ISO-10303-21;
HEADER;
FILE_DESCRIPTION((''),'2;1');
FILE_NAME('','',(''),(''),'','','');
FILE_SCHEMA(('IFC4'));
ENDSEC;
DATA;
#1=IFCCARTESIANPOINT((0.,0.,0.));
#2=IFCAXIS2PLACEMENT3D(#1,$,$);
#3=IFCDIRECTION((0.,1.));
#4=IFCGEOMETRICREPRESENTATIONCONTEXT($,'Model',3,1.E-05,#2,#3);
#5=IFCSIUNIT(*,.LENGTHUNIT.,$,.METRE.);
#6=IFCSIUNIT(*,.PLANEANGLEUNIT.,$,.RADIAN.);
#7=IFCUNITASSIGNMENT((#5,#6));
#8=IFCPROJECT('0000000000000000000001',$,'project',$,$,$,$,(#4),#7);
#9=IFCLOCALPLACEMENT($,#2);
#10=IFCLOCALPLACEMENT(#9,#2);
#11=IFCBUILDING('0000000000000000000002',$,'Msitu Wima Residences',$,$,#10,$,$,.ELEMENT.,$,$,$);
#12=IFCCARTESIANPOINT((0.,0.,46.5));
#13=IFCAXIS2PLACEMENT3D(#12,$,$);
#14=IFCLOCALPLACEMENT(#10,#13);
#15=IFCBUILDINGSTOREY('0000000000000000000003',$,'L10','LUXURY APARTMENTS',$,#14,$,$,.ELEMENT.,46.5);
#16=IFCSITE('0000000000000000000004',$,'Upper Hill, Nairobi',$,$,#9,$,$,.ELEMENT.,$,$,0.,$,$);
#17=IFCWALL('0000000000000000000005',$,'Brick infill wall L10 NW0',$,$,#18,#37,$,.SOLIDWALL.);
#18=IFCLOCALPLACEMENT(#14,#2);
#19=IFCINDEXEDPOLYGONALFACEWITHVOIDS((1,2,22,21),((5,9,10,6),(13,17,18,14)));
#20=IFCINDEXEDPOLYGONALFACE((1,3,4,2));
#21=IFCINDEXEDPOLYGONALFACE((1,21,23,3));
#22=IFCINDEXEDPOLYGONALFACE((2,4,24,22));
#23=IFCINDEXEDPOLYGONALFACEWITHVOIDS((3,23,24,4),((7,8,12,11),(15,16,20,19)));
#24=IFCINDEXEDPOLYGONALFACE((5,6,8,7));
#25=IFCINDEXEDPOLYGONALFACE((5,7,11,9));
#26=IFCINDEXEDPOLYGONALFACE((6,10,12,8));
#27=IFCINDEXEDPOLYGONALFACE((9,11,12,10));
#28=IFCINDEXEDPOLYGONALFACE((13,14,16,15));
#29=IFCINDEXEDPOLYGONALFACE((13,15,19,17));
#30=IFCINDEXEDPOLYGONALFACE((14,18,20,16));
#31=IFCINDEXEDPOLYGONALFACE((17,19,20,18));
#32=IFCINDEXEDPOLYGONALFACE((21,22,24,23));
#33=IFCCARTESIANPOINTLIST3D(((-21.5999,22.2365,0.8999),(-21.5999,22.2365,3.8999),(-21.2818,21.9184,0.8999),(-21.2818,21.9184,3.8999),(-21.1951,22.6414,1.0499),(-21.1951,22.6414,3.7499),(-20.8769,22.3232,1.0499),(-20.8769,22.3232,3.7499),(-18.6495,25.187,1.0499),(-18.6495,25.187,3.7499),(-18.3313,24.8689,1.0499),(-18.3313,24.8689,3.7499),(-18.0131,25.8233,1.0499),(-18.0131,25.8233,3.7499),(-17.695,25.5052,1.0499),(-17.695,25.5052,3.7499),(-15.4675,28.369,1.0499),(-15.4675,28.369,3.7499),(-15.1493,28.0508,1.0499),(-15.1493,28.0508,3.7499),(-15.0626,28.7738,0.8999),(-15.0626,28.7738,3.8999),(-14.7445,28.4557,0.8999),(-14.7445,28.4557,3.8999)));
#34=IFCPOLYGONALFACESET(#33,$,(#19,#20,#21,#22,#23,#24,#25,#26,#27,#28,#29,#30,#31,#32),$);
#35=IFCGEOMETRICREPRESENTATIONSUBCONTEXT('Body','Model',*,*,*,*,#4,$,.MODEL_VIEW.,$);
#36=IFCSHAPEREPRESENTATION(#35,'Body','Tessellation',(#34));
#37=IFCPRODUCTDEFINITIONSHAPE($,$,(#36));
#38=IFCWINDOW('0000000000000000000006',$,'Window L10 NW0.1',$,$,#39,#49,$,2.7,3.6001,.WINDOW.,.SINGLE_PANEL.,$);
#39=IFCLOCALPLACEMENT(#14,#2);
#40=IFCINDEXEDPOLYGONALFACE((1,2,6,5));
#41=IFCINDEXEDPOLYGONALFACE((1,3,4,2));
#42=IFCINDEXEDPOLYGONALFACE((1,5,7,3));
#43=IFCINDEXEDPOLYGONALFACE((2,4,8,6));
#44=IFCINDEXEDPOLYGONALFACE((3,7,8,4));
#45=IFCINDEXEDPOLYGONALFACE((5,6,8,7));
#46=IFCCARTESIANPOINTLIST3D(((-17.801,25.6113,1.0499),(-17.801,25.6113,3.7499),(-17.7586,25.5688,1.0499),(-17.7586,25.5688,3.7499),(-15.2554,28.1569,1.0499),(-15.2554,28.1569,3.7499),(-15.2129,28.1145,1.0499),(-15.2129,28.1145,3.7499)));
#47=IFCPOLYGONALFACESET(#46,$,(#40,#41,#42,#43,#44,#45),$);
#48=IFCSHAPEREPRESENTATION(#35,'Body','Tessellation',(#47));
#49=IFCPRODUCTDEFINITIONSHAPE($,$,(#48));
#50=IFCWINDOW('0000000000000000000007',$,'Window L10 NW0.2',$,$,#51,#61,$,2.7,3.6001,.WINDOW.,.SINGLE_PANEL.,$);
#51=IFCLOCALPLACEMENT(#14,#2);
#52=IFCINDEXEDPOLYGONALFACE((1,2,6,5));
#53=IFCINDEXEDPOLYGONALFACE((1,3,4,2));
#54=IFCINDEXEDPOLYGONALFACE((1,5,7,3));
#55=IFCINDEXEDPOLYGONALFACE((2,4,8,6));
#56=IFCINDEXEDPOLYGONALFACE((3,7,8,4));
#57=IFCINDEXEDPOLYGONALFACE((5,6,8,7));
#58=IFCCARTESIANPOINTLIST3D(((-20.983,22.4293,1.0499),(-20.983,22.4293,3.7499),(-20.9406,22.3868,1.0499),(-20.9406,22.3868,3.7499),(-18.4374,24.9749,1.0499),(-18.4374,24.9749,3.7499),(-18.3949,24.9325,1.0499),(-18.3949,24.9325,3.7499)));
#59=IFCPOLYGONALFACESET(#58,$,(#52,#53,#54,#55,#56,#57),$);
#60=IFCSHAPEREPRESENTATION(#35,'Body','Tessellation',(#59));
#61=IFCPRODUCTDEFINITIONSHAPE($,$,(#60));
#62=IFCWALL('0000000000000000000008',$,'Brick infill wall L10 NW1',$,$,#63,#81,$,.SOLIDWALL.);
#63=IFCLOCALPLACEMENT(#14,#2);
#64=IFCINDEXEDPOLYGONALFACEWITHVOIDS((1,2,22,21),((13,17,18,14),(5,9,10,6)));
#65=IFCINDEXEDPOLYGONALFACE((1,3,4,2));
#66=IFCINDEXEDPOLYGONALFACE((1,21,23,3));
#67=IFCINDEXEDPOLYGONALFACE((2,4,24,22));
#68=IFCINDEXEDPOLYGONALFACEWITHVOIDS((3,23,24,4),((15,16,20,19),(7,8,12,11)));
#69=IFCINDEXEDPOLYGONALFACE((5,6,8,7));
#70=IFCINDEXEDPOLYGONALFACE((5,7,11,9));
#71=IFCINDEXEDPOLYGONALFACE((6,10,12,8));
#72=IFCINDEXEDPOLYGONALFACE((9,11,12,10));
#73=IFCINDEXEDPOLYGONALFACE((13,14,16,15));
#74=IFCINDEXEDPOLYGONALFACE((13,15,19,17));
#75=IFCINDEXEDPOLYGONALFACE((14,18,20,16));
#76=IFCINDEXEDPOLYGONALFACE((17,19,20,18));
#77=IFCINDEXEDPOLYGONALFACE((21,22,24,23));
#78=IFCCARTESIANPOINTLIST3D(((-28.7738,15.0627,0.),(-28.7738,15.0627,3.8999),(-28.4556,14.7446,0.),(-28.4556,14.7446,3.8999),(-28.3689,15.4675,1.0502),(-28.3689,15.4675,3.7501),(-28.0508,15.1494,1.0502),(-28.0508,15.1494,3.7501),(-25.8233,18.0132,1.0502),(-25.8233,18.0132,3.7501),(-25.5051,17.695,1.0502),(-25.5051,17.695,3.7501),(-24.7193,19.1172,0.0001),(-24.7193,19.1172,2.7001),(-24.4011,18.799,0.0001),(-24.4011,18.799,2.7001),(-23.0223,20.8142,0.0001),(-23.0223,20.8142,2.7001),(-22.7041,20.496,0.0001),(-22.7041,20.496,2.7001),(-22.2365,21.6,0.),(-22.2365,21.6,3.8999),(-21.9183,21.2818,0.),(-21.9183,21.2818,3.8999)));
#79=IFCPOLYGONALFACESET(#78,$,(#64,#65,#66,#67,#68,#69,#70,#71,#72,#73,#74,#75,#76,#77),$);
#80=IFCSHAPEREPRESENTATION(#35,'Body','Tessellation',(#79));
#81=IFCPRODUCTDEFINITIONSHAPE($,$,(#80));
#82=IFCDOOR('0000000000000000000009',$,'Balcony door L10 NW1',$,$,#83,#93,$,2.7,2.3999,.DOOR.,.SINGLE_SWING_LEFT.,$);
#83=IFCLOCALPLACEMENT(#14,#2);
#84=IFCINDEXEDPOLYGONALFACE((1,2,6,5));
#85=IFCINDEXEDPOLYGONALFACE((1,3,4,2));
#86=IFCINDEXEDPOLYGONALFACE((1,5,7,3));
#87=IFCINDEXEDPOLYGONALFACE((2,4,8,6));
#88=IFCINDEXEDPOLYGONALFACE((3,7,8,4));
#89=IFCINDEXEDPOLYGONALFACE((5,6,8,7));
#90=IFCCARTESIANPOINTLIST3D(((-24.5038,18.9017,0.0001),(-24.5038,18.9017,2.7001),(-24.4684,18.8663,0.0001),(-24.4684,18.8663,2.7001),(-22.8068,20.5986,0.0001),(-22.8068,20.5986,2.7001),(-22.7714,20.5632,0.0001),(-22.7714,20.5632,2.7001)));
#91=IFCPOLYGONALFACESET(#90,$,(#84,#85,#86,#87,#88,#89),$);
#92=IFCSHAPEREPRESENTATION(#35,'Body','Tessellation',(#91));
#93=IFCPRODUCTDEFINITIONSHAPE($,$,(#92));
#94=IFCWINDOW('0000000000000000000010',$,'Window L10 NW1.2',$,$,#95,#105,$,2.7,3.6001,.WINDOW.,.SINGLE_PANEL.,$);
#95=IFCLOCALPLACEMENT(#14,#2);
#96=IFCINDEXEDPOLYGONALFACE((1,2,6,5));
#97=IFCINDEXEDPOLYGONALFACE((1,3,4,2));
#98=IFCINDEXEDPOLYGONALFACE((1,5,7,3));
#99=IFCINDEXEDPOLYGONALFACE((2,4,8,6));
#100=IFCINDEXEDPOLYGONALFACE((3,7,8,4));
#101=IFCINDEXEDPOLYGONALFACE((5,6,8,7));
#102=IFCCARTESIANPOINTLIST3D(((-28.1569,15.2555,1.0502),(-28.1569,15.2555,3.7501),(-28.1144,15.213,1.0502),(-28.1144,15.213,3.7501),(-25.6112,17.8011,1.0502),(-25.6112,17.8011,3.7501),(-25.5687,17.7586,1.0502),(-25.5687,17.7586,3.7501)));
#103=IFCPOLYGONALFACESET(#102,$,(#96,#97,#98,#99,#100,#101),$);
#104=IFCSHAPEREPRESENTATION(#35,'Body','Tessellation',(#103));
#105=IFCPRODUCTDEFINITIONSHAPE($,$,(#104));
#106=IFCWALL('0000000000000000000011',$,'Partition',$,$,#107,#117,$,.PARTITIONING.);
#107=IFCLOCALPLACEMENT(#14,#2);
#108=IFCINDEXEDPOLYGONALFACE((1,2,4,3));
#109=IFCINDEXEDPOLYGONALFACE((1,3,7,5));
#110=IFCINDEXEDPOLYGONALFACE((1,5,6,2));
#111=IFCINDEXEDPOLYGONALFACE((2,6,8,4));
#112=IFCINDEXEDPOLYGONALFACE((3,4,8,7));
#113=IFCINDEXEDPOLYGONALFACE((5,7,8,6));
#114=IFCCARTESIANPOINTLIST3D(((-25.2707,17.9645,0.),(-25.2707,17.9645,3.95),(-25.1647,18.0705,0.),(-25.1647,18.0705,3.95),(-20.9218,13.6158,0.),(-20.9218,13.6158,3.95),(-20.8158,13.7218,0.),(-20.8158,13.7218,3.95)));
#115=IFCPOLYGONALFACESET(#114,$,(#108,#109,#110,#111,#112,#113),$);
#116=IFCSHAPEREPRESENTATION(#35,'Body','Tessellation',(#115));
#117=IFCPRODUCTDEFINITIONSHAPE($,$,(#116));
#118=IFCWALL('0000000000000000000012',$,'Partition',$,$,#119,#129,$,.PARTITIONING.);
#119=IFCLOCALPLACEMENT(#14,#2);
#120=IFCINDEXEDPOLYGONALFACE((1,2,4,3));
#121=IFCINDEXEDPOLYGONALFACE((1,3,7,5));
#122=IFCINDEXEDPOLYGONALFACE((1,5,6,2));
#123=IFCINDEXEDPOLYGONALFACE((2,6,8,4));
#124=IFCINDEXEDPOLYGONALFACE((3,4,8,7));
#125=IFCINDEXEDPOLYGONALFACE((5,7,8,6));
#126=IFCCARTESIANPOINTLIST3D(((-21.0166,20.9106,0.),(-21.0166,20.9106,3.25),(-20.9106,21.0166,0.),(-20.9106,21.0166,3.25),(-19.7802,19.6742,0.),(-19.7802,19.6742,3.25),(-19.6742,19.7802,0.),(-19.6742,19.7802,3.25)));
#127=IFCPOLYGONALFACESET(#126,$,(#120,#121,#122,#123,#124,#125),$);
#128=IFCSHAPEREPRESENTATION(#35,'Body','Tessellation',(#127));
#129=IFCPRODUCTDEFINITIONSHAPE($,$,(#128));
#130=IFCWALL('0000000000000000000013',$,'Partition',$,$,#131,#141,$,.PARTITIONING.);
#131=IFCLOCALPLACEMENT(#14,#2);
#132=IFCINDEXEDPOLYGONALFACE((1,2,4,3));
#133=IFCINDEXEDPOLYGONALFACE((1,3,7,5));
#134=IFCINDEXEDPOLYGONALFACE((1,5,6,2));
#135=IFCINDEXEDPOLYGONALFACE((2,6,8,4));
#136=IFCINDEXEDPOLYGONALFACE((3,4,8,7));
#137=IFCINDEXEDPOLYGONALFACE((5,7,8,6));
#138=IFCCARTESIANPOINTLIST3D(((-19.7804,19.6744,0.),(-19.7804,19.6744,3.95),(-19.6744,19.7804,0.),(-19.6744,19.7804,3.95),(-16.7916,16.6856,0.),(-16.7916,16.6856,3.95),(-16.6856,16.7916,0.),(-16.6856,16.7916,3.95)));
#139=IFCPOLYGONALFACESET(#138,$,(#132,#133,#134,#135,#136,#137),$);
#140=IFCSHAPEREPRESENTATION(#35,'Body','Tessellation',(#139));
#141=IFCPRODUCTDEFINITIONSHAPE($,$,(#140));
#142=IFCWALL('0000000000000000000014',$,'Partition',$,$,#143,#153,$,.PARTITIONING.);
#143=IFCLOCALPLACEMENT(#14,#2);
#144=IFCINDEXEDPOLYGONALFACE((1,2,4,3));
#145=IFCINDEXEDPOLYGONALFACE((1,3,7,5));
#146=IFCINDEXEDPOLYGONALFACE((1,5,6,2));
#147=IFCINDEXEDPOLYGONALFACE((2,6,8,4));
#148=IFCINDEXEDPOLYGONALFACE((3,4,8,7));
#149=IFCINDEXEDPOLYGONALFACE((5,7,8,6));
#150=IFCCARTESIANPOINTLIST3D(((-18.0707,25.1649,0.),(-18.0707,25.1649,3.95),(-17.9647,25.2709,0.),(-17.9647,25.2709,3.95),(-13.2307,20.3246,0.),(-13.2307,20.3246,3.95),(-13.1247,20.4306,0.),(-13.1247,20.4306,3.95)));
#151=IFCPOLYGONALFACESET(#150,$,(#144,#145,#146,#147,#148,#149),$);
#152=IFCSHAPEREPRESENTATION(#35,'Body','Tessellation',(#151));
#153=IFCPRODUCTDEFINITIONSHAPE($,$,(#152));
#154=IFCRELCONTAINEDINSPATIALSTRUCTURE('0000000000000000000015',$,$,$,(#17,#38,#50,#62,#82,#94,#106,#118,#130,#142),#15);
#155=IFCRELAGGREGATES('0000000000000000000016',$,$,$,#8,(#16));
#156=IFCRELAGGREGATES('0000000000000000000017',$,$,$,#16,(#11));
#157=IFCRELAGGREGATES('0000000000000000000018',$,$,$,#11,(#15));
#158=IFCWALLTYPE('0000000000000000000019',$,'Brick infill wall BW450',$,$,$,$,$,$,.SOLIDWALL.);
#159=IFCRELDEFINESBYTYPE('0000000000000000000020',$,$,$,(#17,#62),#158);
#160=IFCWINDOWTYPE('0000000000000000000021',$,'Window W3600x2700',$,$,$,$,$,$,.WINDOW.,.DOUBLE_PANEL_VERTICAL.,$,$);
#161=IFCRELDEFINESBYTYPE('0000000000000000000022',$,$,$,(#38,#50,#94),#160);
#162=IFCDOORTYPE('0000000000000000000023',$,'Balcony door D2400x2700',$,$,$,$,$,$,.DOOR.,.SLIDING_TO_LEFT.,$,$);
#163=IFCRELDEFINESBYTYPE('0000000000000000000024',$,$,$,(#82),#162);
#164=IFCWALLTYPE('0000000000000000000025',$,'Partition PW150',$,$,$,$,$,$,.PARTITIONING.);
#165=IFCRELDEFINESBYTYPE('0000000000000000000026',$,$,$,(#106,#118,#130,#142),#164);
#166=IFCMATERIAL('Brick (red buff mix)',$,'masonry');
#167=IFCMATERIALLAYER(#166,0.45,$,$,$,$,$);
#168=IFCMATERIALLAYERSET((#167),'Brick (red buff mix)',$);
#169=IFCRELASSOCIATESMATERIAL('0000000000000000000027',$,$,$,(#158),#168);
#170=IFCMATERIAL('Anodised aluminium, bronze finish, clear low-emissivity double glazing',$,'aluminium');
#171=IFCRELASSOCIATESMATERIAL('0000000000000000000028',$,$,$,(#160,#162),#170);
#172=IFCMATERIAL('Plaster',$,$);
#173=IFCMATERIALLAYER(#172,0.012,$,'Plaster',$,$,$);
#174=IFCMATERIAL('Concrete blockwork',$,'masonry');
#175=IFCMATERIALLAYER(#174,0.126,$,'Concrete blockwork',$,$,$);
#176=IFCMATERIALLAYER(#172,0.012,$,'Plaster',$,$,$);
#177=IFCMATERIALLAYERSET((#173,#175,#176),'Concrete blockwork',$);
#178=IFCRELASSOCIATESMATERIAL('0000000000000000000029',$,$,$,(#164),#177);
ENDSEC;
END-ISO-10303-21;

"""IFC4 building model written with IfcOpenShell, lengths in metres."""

from ifc_helpers import new_model, si_unit, direction, frame, frame_2d, origin, place, context, subcontext, project, spatial, rectangle, extrude, material, layer, layer_set, type_object, element, fill, save


model = new_model("IFC4")

# Units and contexts
model_context = context("Model", 3, precision=1e-05, world=origin(), true_north=direction((0.0, 1.0)))
body_context = subcontext(model_context, "Body", "Model", "MODEL_VIEW")
ifc_project = project(units=[si_unit("LENGTHUNIT", "METRE"), si_unit("PLANEANGLEUNIT", "RADIAN")], contexts=[model_context])

# Site, building, storey
site_placement = place(None, origin())
site = spatial("IfcSite", under=ifc_project, at=site_placement, Name="Upper Hill, Nairobi", CompositionType="ELEMENT", RefElevation=0.0)
building_placement = place(site_placement, origin())
building = spatial("IfcBuilding", under=site, at=building_placement, Name="Msitu Wima Residences", CompositionType="ELEMENT")
storey_placement = place(building_placement, frame((0.0, 0.0, 46.5)))
storey = spatial("IfcBuildingStorey", under=building, at=storey_placement, Name="L10", Description="LUXURY APARTMENTS", CompositionType="ELEMENT", Elevation=46.5)

# Wall, openings, windows
ifc_material_1 = material(Name="Brick (red buff mix)", Category="masonry")
ifc_layer_1 = layer(ifc_material_1, 0.45)
ifc_layer_set_1 = layer_set([ifc_layer_1], Name="Brick (red buff mix)")
wall_type_1 = type_object("IfcWallType", Name="Brick infill wall BW450", PredefinedType="SOLIDWALL", material=ifc_layer_set_1)
wall_1_placement = place(storey_placement, frame((-14.9036, 28.6147, 0.8999), z_axis=(0.0, 0.0, 1.0), x_axis=(-0.707107, -0.707107, 0.0)))
wall_1 = element("IfcWall", 1, at=wall_1_placement, inside=storey, type_object=wall_type_1, Name="Brick infill wall L10 NW0", PredefinedType="SOLIDWALL", context=body_context, shape_type="SweptSolid", body=[
    extrude(rectangle(XDim=9.2451, YDim=0.45, at=frame_2d((4.6226, 0.0))), origin(), (0.0, 0.0, 1.0), 3.0),
])
opening_1_placement = place(wall_1_placement, frame((0.5725, 0.0, 0.1499)))
opening_1 = element("IfcOpeningElement", 2, at=opening_1_placement, cuts=wall_1, PredefinedType="OPENING", context=body_context, shape_type="SweptSolid", body=[
    extrude(rectangle(XDim=3.6001, YDim=2.7, at=frame_2d((1.8, 1.3501))), frame((0.0, 0.2349, 0.0), z_axis=(0.0, -1.0, 0.0), x_axis=(1.0, 0.0, 0.0)), (0.0, 0.0, 1.0), 0.47),
])
opening_2_placement = place(wall_1_placement, frame((5.0725, 0.0, 0.1499)))
opening_2 = element("IfcOpeningElement", 3, at=opening_2_placement, cuts=wall_1, PredefinedType="OPENING", context=body_context, shape_type="SweptSolid", body=[
    extrude(rectangle(XDim=3.6001, YDim=2.7, at=frame_2d((1.8, 1.3501))), frame((0.0, 0.2349, 0.0), z_axis=(0.0, -1.0, 0.0), x_axis=(1.0, 0.0, 0.0)), (0.0, 0.0, 1.0), 0.47),
])
ifc_material_2 = material(Name="Anodised aluminium, bronze finish, clear low-emissivity double glazing", Category="aluminium")
window_type = type_object("IfcWindowType", Name="Window W3600x2700", PartitioningType="DOUBLE_PANEL_VERTICAL", PredefinedType="WINDOW", material=ifc_material_2)
window_1_placement = place(opening_1_placement, origin())
window_1 = element("IfcWindow", 4, at=window_1_placement, inside=storey, type_object=window_type, Name="Window L10 NW0.1", OverallHeight=2.7, OverallWidth=3.6001, PartitioningType="SINGLE_PANEL", PredefinedType="WINDOW", context=body_context, shape_type="SweptSolid", body=[
    extrude(rectangle(XDim=3.6001, YDim=2.7, at=frame_2d((1.8, 1.3501))), frame((0.0, 0.135, 0.0), z_axis=(0.0, -1.0, 0.0), x_axis=(1.0, 0.0, 0.0)), (0.0, 0.0, 1.0), 0.0601),
])
fill(opening_1, window_1)
window_2_placement = place(opening_2_placement, origin())
window_2 = element("IfcWindow", 5, at=window_2_placement, inside=storey, type_object=window_type, Name="Window L10 NW0.2", OverallHeight=2.7, OverallWidth=3.6001, PartitioningType="SINGLE_PANEL", PredefinedType="WINDOW", context=body_context, shape_type="SweptSolid", body=[
    extrude(rectangle(XDim=3.6001, YDim=2.7, at=frame_2d((1.8, 1.3501))), frame((0.0, 0.135, 0.0), z_axis=(0.0, -1.0, 0.0), x_axis=(1.0, 0.0, 0.0)), (0.0, 0.0, 1.0), 0.0601),
])
fill(opening_2, window_2)

# Wall, openings, door, window
wall_2_placement = place(storey_placement, frame((-22.0774, 21.4409, 0.0), z_axis=(0.0, 0.0, 1.0), x_axis=(-0.707107, -0.707107, 0.0)))
wall_2 = element("IfcWall", 6, at=wall_2_placement, inside=storey, type_object=wall_type_1, Name="Brick infill wall L10 NW1", PredefinedType="SOLIDWALL", context=body_context, shape_type="SweptSolid", body=[
    extrude(rectangle(XDim=9.2451, YDim=0.45, at=frame_2d((4.6226, 0.0))), origin(), (0.0, 0.0, 1.0), 3.8999),
])
opening_3_placement = place(wall_2_placement, frame((1.1113, 0.0, 0.0)))
opening_3 = element("IfcOpeningElement", 7, at=opening_3_placement, cuts=wall_2, PredefinedType="OPENING", context=body_context, shape_type="SweptSolid", body=[
    extrude(rectangle(XDim=2.3999, YDim=2.7, at=frame_2d((1.2, 1.3501))), frame((0.0, 0.2349, 0.0), z_axis=(0.0, -1.0, 0.0), x_axis=(1.0, 0.0, 0.0)), (0.0, 0.0, 1.0), 0.47),
])
opening_4_placement = place(wall_2_placement, frame((5.0725, 0.0, 1.05)))
opening_4 = element("IfcOpeningElement", 8, at=opening_4_placement, cuts=wall_2, PredefinedType="OPENING", context=body_context, shape_type="SweptSolid", body=[
    extrude(rectangle(XDim=3.6001, YDim=2.7, at=frame_2d((1.8, 1.3501))), frame((0.0, 0.2349, 0.0), z_axis=(0.0, -1.0, 0.0), x_axis=(1.0, 0.0, 0.0)), (0.0, 0.0, 1.0), 0.47),
])
door_type_1 = type_object("IfcDoorType", Name="Balcony door D2400x2700", OperationType="SLIDING_TO_LEFT", PredefinedType="DOOR", material=ifc_material_2)
door_1_placement = place(opening_3_placement, origin())
door_1 = element("IfcDoor", 9, at=door_1_placement, inside=storey, type_object=door_type_1, Name="Balcony door L10 NW1", OperationType="SINGLE_SWING_LEFT", OverallHeight=2.7, OverallWidth=2.3999, PredefinedType="DOOR", context=body_context, shape_type="SweptSolid", body=[
    extrude(rectangle(XDim=2.3999, YDim=2.7, at=frame_2d((1.2, 1.3501))), frame((0.0, 0.1299, 0.0), z_axis=(0.0, -1.0, 0.0), x_axis=(1.0, 0.0, 0.0)), (0.0, 0.0, 1.0), 0.05),
])
fill(opening_3, door_1)
window_3_placement = place(opening_4_placement, origin())
window_3 = element("IfcWindow", 10, at=window_3_placement, inside=storey, type_object=window_type, Name="Window L10 NW1.2", OverallHeight=2.7, OverallWidth=3.6001, PartitioningType="SINGLE_PANEL", PredefinedType="WINDOW", context=body_context, shape_type="SweptSolid", body=[
    extrude(rectangle(XDim=3.6001, YDim=2.7, at=frame_2d((1.8, 1.3501))), frame((0.0, 0.135, 0.0), z_axis=(0.0, -1.0, 0.0), x_axis=(1.0, 0.0, 0.0)), (0.0, 0.0, 1.0), 0.0601),
])
fill(opening_4, window_3)

# Walls
ifc_material_3 = material(Name="Plaster")
ifc_layer_2 = layer(ifc_material_3, 0.012, Name="Plaster")
ifc_material_4 = material(Name="Concrete blockwork", Category="masonry")
ifc_layer_3 = layer(ifc_material_4, 0.126, Name="Concrete blockwork")
ifc_layer_4 = layer(ifc_material_3, 0.012, Name="Plaster")
ifc_layer_set_2 = layer_set([ifc_layer_2, ifc_layer_3, ifc_layer_4], Name="Concrete blockwork")
wall_type_2 = type_object("IfcWallType", Name="Partition PW150", PredefinedType="PARTITIONING", material=ifc_layer_set_2)
wall_3_placement = place(storey_placement, frame((-25.2178, 18.0176, 0.0), z_axis=(0.0, 0.0, 1.0), x_axis=(0.707127, -0.707087, 0.0)))
element("IfcWall", 11, at=wall_3_placement, inside=storey, type_object=wall_type_2, Name="Partition", PredefinedType="PARTITIONING", context=body_context, shape_type="SweptSolid", body=[
    extrude(rectangle(XDim=6.1501, YDim=0.1499, at=frame_2d((3.0752, 0.0))), origin(), (0.0, 0.0, 1.0), 3.95),
])
wall_4_placement = place(storey_placement, frame((-20.9636, 20.9636, 0.0), z_axis=(0.0, 0.0, 1.0), x_axis=(0.707107, -0.707107, 0.0)))
element("IfcWall", 12, at=wall_4_placement, inside=storey, type_object=wall_type_2, Name="Partition", PredefinedType="PARTITIONING", context=body_context, shape_type="SweptSolid", body=[
    extrude(rectangle(XDim=1.7485, YDim=0.1499, at=frame_2d((0.8743, 0.0))), origin(), (0.0, 0.0, 1.0), 3.25),
])
wall_5_placement = place(storey_placement, frame((-19.7273, 19.7273, 0.0), z_axis=(0.0, 0.0, 1.0), x_axis=(0.707107, -0.707107, 0.0)))
element("IfcWall", 13, at=wall_5_placement, inside=storey, type_object=wall_type_2, Name="Partition", PredefinedType="PARTITIONING", context=body_context, shape_type="SweptSolid", body=[
    extrude(rectangle(XDim=4.2268, YDim=0.1499, at=frame_2d((2.1133, 0.0))), origin(), (0.0, 0.0, 1.0), 3.95),
])
wall_6_placement = place(storey_placement, frame((-18.0176, 25.2178, 0.0), z_axis=(0.0, 0.0, 1.0), x_axis=(0.707089, -0.707125, 0.0)))
element("IfcWall", 14, at=wall_6_placement, inside=storey, type_object=wall_type_2, Name="Partition", PredefinedType="PARTITIONING", context=body_context, shape_type="SweptSolid", body=[
    extrude(rectangle(XDim=6.845, YDim=0.1499, at=frame_2d((3.4224, 0.0))), origin(), (0.0, 0.0, 1.0), 3.95),
])

save(model, "model.ifc")
